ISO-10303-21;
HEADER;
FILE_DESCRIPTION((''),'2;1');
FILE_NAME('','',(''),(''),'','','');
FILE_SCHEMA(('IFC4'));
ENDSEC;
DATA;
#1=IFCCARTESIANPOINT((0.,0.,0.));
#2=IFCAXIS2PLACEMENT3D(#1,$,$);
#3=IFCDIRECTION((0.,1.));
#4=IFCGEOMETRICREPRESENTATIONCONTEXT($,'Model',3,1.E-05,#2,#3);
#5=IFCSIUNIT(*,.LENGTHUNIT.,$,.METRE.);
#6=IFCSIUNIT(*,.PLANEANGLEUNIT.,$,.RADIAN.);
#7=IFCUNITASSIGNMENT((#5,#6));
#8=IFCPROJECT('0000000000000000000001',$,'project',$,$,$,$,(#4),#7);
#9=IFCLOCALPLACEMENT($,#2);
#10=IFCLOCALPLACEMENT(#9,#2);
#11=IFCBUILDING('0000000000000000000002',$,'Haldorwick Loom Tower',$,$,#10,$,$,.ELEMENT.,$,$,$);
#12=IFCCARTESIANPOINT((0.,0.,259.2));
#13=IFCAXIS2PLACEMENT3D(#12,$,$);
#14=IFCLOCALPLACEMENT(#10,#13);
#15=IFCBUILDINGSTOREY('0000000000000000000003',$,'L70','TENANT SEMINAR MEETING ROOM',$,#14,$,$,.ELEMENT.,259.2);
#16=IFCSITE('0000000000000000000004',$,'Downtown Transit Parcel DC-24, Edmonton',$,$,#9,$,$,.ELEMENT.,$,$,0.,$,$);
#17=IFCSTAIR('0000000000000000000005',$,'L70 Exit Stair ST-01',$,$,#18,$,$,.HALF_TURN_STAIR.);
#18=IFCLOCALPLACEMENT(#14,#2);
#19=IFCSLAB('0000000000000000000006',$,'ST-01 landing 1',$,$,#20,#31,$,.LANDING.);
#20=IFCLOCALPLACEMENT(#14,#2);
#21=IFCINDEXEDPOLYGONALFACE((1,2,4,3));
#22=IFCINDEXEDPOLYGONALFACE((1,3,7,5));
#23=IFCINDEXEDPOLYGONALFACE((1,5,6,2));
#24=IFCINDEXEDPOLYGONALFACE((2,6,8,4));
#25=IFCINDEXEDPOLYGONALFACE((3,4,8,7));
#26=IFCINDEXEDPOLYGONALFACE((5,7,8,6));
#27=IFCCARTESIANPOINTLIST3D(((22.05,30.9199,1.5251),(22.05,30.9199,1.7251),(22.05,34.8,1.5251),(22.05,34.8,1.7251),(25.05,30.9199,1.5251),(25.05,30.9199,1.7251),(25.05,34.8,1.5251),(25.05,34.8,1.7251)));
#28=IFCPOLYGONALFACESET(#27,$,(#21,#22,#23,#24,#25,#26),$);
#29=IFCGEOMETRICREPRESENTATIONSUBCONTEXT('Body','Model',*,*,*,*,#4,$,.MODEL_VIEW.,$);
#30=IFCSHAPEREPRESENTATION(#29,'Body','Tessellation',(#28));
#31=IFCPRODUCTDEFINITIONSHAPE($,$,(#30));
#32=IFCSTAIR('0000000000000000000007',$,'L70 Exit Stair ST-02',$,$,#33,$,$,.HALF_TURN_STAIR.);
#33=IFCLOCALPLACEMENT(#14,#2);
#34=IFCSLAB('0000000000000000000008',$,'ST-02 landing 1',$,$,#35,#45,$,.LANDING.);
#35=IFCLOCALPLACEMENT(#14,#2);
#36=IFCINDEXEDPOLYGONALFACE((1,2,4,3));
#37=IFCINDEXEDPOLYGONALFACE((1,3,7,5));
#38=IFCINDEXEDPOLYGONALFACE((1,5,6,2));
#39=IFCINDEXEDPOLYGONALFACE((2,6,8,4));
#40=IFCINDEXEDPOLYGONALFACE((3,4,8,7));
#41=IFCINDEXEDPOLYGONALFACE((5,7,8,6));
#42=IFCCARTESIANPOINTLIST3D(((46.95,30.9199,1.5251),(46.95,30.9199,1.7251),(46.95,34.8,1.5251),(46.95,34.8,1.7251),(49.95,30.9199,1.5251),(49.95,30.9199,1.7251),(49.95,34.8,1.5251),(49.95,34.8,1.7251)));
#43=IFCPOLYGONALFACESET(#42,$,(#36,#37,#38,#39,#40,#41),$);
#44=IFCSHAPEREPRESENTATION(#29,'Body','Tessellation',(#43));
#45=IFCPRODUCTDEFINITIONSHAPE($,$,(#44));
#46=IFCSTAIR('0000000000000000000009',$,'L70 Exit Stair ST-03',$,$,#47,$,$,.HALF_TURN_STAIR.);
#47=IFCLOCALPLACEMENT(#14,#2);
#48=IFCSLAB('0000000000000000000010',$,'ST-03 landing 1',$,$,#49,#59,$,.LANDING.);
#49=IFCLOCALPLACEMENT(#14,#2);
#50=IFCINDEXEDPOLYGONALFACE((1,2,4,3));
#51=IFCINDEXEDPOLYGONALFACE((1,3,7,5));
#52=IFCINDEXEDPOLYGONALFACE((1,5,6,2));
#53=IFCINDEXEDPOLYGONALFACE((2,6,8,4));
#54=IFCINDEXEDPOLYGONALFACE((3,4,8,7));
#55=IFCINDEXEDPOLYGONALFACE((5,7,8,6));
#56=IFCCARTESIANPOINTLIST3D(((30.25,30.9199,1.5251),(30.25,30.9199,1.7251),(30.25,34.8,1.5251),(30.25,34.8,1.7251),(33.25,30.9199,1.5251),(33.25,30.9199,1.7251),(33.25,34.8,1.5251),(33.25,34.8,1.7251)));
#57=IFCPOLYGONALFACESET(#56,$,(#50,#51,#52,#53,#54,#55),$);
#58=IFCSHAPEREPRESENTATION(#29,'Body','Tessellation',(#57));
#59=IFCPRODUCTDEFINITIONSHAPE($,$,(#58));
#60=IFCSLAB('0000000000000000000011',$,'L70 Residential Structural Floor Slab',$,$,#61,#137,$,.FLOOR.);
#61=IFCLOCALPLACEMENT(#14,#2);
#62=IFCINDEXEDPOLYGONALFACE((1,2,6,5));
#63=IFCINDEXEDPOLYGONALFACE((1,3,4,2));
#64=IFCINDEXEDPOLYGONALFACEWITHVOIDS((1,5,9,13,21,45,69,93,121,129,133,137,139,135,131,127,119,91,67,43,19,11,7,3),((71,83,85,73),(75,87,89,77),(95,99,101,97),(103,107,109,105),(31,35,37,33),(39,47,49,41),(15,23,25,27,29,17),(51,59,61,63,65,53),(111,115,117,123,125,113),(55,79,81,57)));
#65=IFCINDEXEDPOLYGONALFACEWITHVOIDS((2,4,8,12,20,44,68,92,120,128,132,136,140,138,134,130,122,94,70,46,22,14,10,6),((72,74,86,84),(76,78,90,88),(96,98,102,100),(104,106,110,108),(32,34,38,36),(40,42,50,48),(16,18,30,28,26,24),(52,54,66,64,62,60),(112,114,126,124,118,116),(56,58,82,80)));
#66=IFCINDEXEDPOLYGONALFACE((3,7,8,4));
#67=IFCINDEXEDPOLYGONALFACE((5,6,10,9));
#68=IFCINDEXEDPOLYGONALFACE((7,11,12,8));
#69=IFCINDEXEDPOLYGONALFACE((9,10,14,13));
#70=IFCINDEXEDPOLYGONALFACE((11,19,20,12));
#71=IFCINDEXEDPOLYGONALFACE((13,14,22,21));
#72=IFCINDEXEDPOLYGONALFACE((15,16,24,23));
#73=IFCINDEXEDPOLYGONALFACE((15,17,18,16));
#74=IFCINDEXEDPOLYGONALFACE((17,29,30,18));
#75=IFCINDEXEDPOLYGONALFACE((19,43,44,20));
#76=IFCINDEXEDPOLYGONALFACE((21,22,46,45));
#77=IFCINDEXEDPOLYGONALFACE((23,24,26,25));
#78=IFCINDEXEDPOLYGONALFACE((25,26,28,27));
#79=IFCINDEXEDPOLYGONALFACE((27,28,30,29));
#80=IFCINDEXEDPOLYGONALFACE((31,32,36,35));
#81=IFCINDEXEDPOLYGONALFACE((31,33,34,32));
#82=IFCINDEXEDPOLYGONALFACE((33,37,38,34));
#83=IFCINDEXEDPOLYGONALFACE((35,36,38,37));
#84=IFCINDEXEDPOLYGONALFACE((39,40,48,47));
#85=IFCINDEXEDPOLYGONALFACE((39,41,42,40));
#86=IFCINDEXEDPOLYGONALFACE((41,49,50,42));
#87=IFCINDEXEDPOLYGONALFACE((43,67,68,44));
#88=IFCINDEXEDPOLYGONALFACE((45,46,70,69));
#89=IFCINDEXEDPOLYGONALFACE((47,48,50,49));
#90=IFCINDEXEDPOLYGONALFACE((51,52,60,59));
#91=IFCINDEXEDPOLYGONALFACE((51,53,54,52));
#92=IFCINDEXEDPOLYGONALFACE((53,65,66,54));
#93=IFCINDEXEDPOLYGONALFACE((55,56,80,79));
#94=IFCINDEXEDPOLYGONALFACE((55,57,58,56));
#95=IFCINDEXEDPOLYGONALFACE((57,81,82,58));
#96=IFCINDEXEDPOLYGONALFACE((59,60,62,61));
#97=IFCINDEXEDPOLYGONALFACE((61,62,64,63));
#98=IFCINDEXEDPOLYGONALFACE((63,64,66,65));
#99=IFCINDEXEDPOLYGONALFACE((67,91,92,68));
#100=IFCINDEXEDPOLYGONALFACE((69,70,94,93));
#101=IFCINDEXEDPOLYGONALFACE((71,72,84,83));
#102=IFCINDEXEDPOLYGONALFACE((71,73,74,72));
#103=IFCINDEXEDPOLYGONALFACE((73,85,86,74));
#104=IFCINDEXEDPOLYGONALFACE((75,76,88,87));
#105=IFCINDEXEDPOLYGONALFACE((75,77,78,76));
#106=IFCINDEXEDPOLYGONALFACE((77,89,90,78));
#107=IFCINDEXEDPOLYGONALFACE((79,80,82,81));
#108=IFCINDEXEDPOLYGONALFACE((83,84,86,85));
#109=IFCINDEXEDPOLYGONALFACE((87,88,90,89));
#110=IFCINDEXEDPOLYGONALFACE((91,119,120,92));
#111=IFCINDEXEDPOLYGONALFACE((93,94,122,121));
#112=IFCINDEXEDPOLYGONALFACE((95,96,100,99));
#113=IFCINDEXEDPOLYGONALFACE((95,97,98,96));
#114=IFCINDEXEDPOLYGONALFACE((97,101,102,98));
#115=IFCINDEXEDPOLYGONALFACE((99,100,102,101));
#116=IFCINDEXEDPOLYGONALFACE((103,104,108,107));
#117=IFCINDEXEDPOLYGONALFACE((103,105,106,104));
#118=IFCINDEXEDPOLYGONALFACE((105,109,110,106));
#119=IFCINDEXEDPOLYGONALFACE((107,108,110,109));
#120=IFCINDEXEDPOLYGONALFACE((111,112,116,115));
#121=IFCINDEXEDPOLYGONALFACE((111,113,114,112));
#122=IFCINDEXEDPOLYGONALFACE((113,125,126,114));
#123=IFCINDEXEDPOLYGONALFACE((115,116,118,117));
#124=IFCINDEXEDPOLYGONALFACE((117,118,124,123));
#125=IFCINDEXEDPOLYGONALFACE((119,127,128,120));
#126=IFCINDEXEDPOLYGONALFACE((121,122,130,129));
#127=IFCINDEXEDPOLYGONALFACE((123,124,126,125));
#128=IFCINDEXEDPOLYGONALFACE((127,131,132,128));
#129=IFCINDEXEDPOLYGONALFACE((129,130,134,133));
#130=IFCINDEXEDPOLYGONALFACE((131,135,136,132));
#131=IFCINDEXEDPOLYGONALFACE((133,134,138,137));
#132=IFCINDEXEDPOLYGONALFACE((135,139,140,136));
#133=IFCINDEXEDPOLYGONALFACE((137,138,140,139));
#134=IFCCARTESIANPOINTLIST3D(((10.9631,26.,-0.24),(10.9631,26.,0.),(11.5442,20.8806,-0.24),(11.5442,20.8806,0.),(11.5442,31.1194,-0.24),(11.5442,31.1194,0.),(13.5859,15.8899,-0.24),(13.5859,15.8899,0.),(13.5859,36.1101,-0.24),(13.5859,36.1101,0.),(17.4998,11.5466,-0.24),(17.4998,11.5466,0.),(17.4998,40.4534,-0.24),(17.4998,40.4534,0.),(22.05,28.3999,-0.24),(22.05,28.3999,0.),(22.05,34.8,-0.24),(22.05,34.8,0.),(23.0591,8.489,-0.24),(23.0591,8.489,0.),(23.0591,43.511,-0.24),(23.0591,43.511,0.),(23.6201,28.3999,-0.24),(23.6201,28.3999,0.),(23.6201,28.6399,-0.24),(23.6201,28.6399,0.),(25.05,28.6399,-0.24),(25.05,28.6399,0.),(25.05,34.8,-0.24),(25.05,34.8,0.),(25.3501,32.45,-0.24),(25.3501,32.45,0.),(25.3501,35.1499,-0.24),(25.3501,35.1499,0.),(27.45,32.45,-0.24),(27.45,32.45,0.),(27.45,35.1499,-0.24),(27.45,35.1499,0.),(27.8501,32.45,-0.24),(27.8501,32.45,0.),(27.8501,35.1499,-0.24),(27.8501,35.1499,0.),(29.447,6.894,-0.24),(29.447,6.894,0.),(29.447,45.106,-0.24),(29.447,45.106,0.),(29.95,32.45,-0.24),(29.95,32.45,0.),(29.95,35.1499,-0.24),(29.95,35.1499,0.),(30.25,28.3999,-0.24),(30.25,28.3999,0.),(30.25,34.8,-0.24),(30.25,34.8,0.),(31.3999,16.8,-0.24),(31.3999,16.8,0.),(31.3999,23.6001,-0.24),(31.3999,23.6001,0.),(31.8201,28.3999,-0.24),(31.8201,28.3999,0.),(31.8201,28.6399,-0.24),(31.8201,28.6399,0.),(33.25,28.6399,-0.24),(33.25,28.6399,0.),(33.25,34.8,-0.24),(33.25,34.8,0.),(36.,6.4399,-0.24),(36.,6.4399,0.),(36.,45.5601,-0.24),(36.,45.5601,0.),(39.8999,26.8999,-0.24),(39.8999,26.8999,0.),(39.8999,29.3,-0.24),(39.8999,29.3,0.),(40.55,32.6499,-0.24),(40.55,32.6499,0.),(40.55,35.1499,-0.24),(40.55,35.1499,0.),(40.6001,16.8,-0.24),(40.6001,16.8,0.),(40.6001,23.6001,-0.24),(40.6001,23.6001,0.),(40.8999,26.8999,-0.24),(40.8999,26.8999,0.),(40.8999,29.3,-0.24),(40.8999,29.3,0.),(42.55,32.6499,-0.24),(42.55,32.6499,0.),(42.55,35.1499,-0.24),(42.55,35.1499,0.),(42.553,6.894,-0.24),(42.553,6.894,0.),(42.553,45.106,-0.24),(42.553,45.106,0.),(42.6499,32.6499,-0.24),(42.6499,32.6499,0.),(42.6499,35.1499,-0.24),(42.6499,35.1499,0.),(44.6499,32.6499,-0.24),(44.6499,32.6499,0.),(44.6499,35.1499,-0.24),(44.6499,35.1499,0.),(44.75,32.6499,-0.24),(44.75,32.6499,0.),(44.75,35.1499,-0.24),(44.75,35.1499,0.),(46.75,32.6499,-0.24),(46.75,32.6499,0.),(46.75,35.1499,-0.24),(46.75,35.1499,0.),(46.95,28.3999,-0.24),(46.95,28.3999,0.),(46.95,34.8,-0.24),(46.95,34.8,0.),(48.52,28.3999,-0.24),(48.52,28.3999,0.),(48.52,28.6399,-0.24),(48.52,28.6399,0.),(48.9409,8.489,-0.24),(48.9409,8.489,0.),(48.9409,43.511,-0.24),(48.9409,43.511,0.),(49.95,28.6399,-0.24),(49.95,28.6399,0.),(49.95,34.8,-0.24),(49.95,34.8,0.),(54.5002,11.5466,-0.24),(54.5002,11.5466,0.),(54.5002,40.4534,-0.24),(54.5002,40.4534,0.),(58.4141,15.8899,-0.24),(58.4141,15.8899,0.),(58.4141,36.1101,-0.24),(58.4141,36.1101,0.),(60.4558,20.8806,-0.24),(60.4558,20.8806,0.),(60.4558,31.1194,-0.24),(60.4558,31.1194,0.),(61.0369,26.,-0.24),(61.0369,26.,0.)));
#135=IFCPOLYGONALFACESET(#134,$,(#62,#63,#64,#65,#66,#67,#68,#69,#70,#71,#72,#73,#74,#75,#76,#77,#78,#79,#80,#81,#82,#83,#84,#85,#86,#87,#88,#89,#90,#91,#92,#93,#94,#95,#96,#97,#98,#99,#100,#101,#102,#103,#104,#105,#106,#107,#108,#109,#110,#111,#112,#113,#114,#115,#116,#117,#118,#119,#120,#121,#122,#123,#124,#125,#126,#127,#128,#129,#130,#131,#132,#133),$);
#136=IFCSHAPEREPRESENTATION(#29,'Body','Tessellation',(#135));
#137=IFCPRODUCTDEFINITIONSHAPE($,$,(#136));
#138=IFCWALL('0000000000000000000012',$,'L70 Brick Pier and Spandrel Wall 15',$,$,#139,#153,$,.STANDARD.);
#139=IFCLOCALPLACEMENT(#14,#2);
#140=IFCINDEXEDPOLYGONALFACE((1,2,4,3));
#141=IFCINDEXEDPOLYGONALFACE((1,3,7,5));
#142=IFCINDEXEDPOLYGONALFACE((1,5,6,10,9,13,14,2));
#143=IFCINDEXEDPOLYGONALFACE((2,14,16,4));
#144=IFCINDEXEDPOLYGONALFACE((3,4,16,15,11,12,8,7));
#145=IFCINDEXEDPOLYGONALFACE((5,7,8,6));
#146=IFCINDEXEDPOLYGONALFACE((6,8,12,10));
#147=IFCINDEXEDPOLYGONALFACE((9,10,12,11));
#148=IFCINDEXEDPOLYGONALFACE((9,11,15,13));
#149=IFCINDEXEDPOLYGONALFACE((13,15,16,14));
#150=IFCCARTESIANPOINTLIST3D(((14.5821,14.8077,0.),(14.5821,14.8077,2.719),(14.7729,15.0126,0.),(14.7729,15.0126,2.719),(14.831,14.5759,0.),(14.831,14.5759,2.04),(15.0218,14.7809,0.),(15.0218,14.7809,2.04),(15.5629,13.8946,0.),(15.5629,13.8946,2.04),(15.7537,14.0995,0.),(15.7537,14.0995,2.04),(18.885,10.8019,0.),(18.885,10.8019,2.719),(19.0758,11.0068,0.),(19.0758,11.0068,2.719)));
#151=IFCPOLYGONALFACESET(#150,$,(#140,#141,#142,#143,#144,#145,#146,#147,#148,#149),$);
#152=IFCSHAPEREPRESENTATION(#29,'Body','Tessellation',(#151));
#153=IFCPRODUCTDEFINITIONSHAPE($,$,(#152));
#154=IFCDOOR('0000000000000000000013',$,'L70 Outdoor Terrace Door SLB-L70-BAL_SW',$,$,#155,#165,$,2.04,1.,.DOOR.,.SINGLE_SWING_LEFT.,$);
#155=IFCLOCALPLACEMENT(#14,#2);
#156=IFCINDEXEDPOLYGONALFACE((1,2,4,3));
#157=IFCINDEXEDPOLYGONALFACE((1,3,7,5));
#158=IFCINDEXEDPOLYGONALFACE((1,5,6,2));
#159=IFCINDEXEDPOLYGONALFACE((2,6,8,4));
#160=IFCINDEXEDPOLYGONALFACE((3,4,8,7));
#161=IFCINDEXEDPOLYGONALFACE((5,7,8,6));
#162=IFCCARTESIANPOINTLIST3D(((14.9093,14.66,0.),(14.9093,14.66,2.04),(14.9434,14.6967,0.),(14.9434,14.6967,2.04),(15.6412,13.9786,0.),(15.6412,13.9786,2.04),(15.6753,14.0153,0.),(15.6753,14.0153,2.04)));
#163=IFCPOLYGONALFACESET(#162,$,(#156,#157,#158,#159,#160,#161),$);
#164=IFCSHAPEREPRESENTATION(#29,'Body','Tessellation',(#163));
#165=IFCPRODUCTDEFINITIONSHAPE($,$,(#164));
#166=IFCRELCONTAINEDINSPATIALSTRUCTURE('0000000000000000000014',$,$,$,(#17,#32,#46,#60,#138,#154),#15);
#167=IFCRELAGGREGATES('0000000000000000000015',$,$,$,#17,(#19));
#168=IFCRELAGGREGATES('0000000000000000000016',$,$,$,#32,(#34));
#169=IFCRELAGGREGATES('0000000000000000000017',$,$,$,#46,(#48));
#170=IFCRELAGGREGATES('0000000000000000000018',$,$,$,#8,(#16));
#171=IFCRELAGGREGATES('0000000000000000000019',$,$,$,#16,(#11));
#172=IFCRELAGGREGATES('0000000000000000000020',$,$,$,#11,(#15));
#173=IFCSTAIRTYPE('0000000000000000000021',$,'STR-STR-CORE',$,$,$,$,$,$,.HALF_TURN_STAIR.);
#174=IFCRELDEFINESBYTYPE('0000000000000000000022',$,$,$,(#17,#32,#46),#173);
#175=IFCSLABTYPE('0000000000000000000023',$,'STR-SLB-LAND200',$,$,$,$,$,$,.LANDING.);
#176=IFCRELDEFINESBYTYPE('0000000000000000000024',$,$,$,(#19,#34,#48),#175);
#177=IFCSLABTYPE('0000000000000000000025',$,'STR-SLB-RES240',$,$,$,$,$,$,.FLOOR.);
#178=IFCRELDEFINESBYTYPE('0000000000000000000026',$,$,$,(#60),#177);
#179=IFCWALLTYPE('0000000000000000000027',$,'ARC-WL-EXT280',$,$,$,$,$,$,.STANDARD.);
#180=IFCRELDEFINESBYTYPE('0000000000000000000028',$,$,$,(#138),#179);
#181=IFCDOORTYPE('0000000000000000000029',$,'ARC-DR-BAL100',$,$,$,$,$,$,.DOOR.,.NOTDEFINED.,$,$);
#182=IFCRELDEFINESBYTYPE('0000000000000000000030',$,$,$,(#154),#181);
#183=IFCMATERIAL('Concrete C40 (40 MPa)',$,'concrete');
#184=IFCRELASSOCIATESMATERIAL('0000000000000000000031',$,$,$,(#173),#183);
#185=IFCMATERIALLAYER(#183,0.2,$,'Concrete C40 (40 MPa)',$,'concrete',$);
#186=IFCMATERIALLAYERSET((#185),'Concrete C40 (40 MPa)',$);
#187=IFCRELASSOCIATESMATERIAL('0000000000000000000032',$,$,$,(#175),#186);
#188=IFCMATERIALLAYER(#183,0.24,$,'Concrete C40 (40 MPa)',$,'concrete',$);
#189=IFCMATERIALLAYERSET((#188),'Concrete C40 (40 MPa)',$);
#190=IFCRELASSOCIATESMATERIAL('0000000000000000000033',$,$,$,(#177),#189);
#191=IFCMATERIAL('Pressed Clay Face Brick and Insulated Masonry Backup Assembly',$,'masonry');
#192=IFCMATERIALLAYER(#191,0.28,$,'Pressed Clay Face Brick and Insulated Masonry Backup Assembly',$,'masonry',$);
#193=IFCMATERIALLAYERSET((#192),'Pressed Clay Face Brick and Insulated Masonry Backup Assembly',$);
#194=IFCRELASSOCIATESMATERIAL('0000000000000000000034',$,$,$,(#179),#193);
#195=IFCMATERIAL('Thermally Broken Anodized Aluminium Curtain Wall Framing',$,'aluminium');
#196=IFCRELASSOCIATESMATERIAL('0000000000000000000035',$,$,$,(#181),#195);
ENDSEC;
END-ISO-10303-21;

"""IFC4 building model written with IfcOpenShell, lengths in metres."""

from ifc_helpers import new_model, si_unit, direction, frame, frame_2d, origin, place, context, subcontext, project, spatial, polyline, rectangle, outline, extrude, material, layer, layer_set, type_object, element, fill, aggregate, save


model = new_model("IFC4")

# Units and contexts
model_context = context("Model", 3, precision=1e-05, world=origin(), true_north=direction((0.0, 1.0)))
body_context = subcontext(model_context, "Body", "Model", "MODEL_VIEW")
ifc_project = project(units=[si_unit("LENGTHUNIT", "METRE"), si_unit("PLANEANGLEUNIT", "RADIAN")], contexts=[model_context])

# Site, building, storey
site_placement = place(None, origin())
site = spatial("IfcSite", under=ifc_project, at=site_placement, Name="Downtown Transit Parcel DC-24, Edmonton", CompositionType="ELEMENT", RefElevation=0.0)
building_placement = place(site_placement, origin())
building = spatial("IfcBuilding", under=site, at=building_placement, Name="Haldorwick Loom Tower", CompositionType="ELEMENT")
storey_placement = place(building_placement, frame((0.0, 0.0, 259.2)))
storey = spatial("IfcBuildingStorey", under=building, at=storey_placement, Name="L70", Description="TENANT SEMINAR MEETING ROOM", CompositionType="ELEMENT", Elevation=259.2)

# Shared definitions
ifc_material_1 = material(Name="Concrete C40 (40 MPa)", Category="concrete")

# Stairs, slabs
stair_type = type_object("IfcStairType", Name="STR-STR-CORE", PredefinedType="HALF_TURN_STAIR", material=ifc_material_1)
stair_1_placement = place(storey_placement, origin())
stair_1 = element("IfcStair", 1, at=stair_1_placement, inside=storey, type_object=stair_type, Name="L70 Exit Stair ST-01", PredefinedType="HALF_TURN_STAIR")
ifc_layer_1 = layer(ifc_material_1, 0.2, Name="Concrete C40 (40 MPa)", Category="concrete")
ifc_layer_set_1 = layer_set([ifc_layer_1], Name="Concrete C40 (40 MPa)")
slab_type_1 = type_object("IfcSlabType", Name="STR-SLB-LAND200", PredefinedType="LANDING", material=ifc_layer_set_1)
slab_1_placement = place(storey_placement, frame((0.0, 0.0, 1.5251)))
slab_1 = element("IfcSlab", 2, at=slab_1_placement, type_object=slab_type_1, Name="ST-01 landing 1", PredefinedType="LANDING", context=body_context, shape_type="SweptSolid", body=[
    extrude(outline(polyline([(25.05, 30.9199), (25.05, 34.8), (22.05, 34.8), (22.05, 30.9199), (25.05, 30.9199)])), origin(), (0.0, 0.0, 1.0), 0.2),
])
aggregate(stair_1, [slab_1])
stair_2_placement = place(storey_placement, origin())
stair_2 = element("IfcStair", 3, at=stair_2_placement, inside=storey, type_object=stair_type, Name="L70 Exit Stair ST-02", PredefinedType="HALF_TURN_STAIR")
slab_2_placement = place(storey_placement, frame((0.0, 0.0, 1.5251)))
slab_2 = element("IfcSlab", 4, at=slab_2_placement, type_object=slab_type_1, Name="ST-02 landing 1", PredefinedType="LANDING", context=body_context, shape_type="SweptSolid", body=[
    extrude(outline(polyline([(49.95, 30.9199), (49.95, 34.8), (46.95, 34.8), (46.95, 30.9199), (49.95, 30.9199)])), origin(), (0.0, 0.0, 1.0), 0.2),
])
aggregate(stair_2, [slab_2])
stair_3_placement = place(storey_placement, origin())
stair_3 = element("IfcStair", 5, at=stair_3_placement, inside=storey, type_object=stair_type, Name="L70 Exit Stair ST-03", PredefinedType="HALF_TURN_STAIR")
slab_3_placement = place(storey_placement, frame((0.0, 0.0, 1.5251)))
slab_3 = element("IfcSlab", 6, at=slab_3_placement, type_object=slab_type_1, Name="ST-03 landing 1", PredefinedType="LANDING", context=body_context, shape_type="SweptSolid", body=[
    extrude(outline(polyline([(33.25, 30.9199), (33.25, 34.8), (30.25, 34.8), (30.25, 30.9199), (33.25, 30.9199)])), origin(), (0.0, 0.0, 1.0), 0.2),
])
aggregate(stair_3, [slab_3])

# Slab
ifc_layer_2 = layer(ifc_material_1, 0.24, Name="Concrete C40 (40 MPa)", Category="concrete")
ifc_layer_set_2 = layer_set([ifc_layer_2], Name="Concrete C40 (40 MPa)")
slab_type_2 = type_object("IfcSlabType", Name="STR-SLB-RES240", PredefinedType="FLOOR", material=ifc_layer_set_2)
slab_4_placement = place(storey_placement, frame((0.0, 0.0, -0.24)))
element("IfcSlab", 7, at=slab_4_placement, inside=storey, type_object=slab_type_2, Name="L70 Residential Structural Floor Slab", PredefinedType="FLOOR", context=body_context, shape_type="SweptSolid", body=[
    extrude(outline(polyline([(54.5002, 11.5466), (58.4141, 15.8899), (60.4558, 20.8806), (61.0369, 26.0), (60.4558, 31.1194), (58.4141, 36.1101), (54.5002, 40.4534), (48.9409, 43.511), (42.553, 45.106), (36.0, 45.5601), (29.447, 45.106), (23.0591, 43.511), (17.4998, 40.4534), (13.5859, 36.1101), (11.5442, 31.1194), (10.9631, 26.0), (11.5442, 20.8806), (13.5859, 15.8899), (17.4998, 11.5466), (23.0591, 8.489), (29.447, 6.894), (36.0, 6.4399), (42.553, 6.894), (48.9409, 8.489), (54.5002, 11.5466)]), holes=[polyline([(31.3999, 16.8), (31.3999, 23.6001), (40.6001, 23.6001), (40.6001, 16.8), (31.3999, 16.8)]), polyline([(40.8999, 26.8999), (39.8999, 26.8999), (39.8999, 29.3), (40.8999, 29.3), (40.8999, 26.8999)]), polyline([(23.6201, 28.3999), (22.05, 28.3999), (22.05, 34.8), (25.05, 34.8), (25.05, 28.6399), (23.6201, 28.6399), (23.6201, 28.3999)]), polyline([(30.25, 28.3999), (30.25, 34.8), (33.25, 34.8), (33.25, 28.6399), (31.8201, 28.6399), (31.8201, 28.3999), (30.25, 28.3999)]), polyline([(46.95, 28.3999), (46.95, 34.8), (49.95, 34.8), (49.95, 28.6399), (48.52, 28.6399), (48.52, 28.3999), (46.95, 28.3999)]), polyline([(27.45, 32.45), (25.3501, 32.45), (25.3501, 35.1499), (27.45, 35.1499), (27.45, 32.45)]), polyline([(29.95, 32.45), (27.8501, 32.45), (27.8501, 35.1499), (29.95, 35.1499), (29.95, 32.45)]), polyline([(42.55, 32.6499), (40.55, 32.6499), (40.55, 35.1499), (42.55, 35.1499), (42.55, 32.6499)]), polyline([(42.6499, 32.6499), (42.6499, 35.1499), (44.6499, 35.1499), (44.6499, 32.6499), (42.6499, 32.6499)]), polyline([(44.75, 32.6499), (44.75, 35.1499), (46.75, 35.1499), (46.75, 32.6499), (44.75, 32.6499)])]), origin(), (0.0, 0.0, 1.0), 0.24),
])

# Wall, opening, door
ifc_material_2 = material(Name="Pressed Clay Face Brick and Insulated Masonry Backup Assembly", Category="masonry")
ifc_layer_3 = layer(ifc_material_2, 0.28, Name="Pressed Clay Face Brick and Insulated Masonry Backup Assembly", Category="masonry")
ifc_layer_set_3 = layer_set([ifc_layer_3], Name="Pressed Clay Face Brick and Insulated Masonry Backup Assembly")
wall_type = type_object("IfcWallType", Name="ARC-WL-EXT280", PredefinedType="STANDARD", material=ifc_layer_set_3)
wall_1_placement = place(storey_placement, frame((14.6775, 14.9102, 0.0), z_axis=(0.0, 0.0, 1.0), x_axis=(0.731925, -0.681386, 0.0)))
wall_1 = element("IfcWall", 8, at=wall_1_placement, inside=storey, type_object=wall_type, Name="L70 Brick Pier and Spandrel Wall 15", PredefinedType="STANDARD", context=body_context, shape_type="SweptSolid", body=[
    extrude(rectangle(XDim=5.8789, YDim=0.28, at=frame_2d((2.9395, 0.0))), origin(), (0.0, 0.0, 1.0), 2.719),
])
opening_1_placement = place(wall_1_placement, frame((0.3401, 0.0, 0.0)))
opening_1 = element("IfcOpeningElement", 9, at=opening_1_placement, cuts=wall_1, PredefinedType="OPENING", context=body_context, shape_type="SweptSolid", body=[
    extrude(rectangle(XDim=1.0, YDim=2.04, at=frame_2d((0.5, 1.02))), frame((0.0, 0.1499, 0.0), z_axis=(0.0, -1.0, 0.0), x_axis=(1.0, 0.0, 0.0)), (0.0, 0.0, 1.0), 0.3),
])
ifc_material_3 = material(Name="Thermally Broken Anodized Aluminium Curtain Wall Framing", Category="aluminium")
door_type = type_object("IfcDoorType", Name="ARC-DR-BAL100", OperationType="NOTDEFINED", PredefinedType="DOOR", material=ifc_material_3)
door_placement = place(opening_1_placement, origin())
door = element("IfcDoor", 10, at=door_placement, inside=storey, type_object=door_type, Name="L70 Outdoor Terrace Door SLB-L70-BAL_SW", OperationType="SINGLE_SWING_LEFT", OverallHeight=2.04, OverallWidth=1.0, PredefinedType="DOOR", context=body_context, shape_type="SweptSolid", body=[
    extrude(rectangle(XDim=1.0, YDim=2.04, at=frame_2d((0.5, 1.02))), frame((0.0, 0.0249, 0.0), z_axis=(0.0, -1.0, 0.0), x_axis=(1.0, 0.0, 0.0)), (0.0, 0.0, 1.0), 0.05),
])
fill(opening_1, door)

save(model, "model.ifc")
